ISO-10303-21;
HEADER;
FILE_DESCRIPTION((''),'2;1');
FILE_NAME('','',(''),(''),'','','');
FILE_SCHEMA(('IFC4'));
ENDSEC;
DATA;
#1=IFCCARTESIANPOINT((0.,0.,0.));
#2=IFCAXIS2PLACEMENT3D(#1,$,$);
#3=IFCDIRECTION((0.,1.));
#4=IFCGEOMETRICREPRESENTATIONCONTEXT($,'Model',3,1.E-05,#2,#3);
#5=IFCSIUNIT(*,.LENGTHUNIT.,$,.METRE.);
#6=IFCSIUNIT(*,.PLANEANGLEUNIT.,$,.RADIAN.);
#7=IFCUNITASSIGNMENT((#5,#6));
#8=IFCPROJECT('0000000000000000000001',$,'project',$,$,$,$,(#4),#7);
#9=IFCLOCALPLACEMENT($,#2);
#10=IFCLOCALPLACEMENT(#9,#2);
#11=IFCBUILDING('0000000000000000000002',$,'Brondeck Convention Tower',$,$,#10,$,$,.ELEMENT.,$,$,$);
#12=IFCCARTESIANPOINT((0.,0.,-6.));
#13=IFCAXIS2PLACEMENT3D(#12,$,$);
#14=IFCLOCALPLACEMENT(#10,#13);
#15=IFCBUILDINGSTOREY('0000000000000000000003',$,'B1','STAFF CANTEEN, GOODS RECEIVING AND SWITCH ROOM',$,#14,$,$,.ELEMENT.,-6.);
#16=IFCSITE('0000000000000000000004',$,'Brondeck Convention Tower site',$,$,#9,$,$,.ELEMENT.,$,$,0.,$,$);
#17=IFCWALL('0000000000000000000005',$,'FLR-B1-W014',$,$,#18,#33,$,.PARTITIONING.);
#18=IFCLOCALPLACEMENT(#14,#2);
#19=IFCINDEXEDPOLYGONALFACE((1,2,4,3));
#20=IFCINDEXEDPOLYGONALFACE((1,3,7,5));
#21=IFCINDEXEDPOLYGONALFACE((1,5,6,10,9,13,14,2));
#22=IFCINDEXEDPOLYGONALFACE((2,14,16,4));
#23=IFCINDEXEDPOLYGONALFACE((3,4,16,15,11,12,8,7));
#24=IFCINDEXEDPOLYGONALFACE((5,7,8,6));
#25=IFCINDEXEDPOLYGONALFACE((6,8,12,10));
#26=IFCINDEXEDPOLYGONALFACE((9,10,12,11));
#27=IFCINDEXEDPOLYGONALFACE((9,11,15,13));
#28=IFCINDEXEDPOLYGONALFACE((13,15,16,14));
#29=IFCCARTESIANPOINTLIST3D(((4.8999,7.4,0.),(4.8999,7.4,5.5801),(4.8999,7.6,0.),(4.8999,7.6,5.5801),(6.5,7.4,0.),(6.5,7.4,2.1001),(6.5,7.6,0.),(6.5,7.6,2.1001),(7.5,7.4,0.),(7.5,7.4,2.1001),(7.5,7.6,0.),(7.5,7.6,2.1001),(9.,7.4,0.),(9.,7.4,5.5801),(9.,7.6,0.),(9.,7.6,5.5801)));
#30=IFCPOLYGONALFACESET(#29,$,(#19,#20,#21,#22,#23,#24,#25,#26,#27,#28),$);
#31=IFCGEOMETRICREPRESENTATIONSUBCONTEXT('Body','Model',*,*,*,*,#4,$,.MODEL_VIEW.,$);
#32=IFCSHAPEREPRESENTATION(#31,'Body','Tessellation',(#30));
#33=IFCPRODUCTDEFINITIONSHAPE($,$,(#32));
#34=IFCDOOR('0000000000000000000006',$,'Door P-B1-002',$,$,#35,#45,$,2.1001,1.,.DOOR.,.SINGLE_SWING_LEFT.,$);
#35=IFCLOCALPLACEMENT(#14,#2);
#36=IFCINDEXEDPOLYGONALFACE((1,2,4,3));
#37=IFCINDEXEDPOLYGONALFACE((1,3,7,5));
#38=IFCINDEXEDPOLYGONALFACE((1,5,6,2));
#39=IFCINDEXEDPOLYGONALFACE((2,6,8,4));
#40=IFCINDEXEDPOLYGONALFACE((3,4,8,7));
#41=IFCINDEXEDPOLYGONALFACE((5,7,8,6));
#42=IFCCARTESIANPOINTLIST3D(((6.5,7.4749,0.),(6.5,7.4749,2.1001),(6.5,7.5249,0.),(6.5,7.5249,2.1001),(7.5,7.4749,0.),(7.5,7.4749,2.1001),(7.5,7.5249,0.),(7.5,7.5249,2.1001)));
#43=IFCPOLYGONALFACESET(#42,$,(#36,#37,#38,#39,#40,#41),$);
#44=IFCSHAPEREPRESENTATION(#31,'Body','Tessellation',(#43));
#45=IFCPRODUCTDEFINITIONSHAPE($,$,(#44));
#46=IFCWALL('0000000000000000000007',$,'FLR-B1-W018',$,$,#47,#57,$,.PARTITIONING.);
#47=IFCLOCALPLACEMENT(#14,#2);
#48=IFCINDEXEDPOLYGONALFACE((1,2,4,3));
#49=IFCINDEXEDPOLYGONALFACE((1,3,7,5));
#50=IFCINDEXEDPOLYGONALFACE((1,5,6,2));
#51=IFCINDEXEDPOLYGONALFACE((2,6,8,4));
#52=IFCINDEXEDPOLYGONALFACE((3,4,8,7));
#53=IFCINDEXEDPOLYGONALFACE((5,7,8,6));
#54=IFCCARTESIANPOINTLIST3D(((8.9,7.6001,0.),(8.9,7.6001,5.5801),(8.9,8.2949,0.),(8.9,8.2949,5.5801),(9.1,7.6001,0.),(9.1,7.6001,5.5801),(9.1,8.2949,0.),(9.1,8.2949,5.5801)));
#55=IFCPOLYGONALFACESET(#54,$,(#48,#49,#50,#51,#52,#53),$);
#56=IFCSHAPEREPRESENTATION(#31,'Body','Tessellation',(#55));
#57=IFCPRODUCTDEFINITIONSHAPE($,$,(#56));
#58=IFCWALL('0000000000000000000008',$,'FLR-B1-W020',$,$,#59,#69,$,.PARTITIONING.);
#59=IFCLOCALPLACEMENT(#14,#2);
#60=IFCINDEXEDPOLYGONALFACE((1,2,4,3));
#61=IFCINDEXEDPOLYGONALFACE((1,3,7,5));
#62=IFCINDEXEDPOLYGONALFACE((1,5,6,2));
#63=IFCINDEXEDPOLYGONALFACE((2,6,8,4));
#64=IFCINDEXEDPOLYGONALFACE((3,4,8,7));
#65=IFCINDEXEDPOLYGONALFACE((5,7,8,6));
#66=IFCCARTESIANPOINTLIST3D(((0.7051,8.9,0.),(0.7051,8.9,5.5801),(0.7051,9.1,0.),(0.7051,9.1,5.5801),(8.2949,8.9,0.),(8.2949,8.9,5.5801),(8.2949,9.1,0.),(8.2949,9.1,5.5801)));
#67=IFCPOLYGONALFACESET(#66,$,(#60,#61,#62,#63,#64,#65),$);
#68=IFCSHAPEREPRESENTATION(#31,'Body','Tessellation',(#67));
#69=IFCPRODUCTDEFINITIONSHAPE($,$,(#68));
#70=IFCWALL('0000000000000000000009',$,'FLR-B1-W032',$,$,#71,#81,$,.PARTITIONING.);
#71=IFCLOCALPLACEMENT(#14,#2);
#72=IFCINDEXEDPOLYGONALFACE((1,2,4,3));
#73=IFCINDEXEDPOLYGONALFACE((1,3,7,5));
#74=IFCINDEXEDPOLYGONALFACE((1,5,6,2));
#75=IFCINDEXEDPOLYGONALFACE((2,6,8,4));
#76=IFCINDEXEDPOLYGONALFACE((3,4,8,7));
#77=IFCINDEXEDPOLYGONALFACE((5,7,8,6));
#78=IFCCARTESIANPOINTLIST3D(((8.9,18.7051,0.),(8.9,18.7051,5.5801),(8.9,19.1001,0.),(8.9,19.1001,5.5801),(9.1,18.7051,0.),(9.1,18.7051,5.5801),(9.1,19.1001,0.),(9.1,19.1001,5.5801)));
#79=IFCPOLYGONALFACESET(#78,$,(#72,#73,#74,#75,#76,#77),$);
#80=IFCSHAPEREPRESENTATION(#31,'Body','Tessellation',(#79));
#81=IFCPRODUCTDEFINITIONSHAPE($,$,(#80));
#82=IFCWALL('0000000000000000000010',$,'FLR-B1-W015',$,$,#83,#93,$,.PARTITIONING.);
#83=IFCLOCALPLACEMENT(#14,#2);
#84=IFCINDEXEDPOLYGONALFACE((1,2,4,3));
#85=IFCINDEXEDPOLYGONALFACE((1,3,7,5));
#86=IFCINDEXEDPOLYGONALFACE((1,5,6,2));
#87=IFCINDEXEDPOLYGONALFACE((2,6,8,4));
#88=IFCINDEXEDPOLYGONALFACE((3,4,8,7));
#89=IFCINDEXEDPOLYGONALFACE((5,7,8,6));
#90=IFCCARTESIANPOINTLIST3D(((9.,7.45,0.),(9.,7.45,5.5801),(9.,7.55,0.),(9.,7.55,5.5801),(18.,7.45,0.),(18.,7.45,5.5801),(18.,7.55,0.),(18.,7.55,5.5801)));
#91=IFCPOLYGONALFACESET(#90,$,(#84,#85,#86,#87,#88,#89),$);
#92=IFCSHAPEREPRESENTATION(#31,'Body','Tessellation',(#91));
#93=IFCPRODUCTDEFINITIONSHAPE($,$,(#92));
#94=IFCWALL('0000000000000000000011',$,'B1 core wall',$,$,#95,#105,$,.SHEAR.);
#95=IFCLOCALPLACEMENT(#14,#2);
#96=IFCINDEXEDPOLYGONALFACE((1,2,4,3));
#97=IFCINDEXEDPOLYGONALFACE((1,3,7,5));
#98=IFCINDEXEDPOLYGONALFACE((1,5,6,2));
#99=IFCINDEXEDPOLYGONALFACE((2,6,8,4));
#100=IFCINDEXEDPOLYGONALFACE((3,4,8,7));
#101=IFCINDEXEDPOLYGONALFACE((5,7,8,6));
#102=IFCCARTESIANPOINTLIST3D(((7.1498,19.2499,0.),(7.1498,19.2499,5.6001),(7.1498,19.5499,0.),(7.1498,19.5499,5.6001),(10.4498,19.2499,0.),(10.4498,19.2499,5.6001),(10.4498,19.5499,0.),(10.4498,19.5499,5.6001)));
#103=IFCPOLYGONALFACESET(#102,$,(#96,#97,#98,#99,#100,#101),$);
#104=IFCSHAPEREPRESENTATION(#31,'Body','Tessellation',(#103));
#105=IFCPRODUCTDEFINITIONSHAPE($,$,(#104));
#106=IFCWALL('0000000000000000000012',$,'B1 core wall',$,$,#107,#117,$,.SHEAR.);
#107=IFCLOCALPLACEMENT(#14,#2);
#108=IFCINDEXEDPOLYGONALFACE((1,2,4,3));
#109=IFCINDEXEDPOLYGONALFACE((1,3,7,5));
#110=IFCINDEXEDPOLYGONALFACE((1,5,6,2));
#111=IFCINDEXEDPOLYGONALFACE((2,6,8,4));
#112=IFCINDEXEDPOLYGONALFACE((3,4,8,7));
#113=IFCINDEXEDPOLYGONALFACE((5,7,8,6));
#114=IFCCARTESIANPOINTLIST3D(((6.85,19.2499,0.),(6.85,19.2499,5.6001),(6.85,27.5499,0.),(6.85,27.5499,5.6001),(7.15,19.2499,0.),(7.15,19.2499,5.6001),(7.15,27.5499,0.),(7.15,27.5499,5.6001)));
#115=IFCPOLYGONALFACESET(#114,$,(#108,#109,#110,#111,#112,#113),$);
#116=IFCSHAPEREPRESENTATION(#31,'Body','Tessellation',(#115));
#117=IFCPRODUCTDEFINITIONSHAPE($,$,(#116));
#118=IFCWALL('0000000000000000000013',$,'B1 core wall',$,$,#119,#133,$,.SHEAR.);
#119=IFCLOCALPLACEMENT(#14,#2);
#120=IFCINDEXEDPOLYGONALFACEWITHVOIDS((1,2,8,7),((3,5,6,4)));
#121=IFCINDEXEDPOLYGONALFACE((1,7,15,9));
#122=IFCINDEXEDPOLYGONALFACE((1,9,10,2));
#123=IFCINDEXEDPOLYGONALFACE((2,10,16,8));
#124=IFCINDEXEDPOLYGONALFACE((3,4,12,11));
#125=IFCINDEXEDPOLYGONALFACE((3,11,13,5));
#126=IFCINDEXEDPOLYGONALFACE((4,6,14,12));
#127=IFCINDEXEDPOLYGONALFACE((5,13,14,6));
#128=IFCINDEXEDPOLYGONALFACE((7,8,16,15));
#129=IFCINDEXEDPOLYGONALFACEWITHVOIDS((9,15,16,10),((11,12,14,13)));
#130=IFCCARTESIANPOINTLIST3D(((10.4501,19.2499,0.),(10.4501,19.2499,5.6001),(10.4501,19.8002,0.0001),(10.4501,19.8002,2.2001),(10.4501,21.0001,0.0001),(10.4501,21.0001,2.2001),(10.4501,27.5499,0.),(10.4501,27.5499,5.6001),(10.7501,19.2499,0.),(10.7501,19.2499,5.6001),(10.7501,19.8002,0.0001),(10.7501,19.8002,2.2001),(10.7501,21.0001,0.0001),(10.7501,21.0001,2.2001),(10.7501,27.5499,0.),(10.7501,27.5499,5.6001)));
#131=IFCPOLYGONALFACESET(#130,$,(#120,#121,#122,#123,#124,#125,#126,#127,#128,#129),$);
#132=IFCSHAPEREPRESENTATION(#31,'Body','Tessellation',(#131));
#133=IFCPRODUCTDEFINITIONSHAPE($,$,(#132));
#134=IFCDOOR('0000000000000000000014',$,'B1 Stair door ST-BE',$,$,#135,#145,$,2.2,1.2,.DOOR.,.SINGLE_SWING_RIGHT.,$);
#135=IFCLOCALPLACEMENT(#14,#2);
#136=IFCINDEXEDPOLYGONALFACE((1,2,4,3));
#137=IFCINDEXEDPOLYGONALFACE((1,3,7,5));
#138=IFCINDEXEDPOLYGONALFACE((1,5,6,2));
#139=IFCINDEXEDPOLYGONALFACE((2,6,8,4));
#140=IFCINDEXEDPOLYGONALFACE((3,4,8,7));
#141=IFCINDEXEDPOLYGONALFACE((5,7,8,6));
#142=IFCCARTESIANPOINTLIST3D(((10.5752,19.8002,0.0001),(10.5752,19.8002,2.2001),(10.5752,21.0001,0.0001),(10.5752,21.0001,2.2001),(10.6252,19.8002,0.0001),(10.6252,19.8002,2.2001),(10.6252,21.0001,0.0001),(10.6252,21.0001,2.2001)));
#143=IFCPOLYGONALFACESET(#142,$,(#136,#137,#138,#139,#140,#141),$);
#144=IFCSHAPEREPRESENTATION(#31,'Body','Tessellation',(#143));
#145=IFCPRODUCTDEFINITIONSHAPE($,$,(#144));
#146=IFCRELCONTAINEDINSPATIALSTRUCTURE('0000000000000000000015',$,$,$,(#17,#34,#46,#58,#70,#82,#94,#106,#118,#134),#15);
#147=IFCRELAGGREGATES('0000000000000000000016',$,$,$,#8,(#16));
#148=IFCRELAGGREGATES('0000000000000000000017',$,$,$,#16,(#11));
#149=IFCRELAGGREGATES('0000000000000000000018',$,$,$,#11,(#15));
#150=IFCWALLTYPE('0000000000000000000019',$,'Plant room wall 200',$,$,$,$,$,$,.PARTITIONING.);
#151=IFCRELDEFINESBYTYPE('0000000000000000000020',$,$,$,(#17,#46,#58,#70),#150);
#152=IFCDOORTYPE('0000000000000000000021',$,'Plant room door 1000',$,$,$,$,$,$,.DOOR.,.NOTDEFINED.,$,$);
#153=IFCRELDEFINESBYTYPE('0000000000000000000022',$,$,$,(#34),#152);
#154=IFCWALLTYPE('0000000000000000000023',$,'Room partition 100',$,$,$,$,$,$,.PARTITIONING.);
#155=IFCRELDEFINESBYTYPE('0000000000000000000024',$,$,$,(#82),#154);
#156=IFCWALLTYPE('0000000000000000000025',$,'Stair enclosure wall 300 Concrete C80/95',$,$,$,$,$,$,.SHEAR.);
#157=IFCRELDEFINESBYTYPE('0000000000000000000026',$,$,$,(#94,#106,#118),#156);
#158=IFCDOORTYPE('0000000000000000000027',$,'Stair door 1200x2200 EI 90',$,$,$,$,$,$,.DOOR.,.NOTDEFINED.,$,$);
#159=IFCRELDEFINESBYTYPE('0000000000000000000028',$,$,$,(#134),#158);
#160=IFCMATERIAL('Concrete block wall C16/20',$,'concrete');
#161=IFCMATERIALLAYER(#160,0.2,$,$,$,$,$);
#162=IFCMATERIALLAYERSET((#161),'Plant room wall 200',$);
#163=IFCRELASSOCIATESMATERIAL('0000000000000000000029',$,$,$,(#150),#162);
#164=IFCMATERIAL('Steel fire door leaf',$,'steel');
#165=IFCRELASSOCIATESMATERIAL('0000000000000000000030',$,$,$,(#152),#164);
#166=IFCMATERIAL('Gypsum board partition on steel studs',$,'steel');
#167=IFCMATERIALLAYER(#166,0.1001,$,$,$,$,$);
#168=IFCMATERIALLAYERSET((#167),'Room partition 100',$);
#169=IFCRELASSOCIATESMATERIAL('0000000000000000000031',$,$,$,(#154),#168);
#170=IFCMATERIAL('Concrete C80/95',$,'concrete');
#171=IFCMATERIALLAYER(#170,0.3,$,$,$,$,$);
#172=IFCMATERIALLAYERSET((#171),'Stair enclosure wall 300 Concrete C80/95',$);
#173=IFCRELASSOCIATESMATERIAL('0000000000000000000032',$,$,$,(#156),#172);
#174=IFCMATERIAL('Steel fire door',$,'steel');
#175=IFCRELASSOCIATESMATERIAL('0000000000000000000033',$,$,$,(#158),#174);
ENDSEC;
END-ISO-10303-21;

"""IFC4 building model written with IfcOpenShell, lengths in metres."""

from ifc_helpers import new_model, si_unit, direction, frame, frame_2d, origin, place, context, subcontext, project, spatial, rectangle, extrude, material, layer, layer_set, type_object, element, fill, save


model = new_model("IFC4")

# Units and contexts
model_context = context("Model", 3, precision=1e-05, world=origin(), true_north=direction((0.0, 1.0)))
body_context = subcontext(model_context, "Body", "Model", "MODEL_VIEW")
ifc_project = project(units=[si_unit("LENGTHUNIT", "METRE"), si_unit("PLANEANGLEUNIT", "RADIAN")], contexts=[model_context])

# Site, building, storey
site_placement = place(None, origin())
site = spatial("IfcSite", under=ifc_project, at=site_placement, Name="Brondeck Convention Tower site", CompositionType="ELEMENT", RefElevation=0.0)
building_placement = place(site_placement, origin())
building = spatial("IfcBuilding", under=site, at=building_placement, Name="Brondeck Convention Tower", CompositionType="ELEMENT")
storey_placement = place(building_placement, frame((0.0, 0.0, -6.0)))
storey = spatial("IfcBuildingStorey", under=building, at=storey_placement, Name="B1", Description="STAFF CANTEEN, GOODS RECEIVING AND SWITCH ROOM", CompositionType="ELEMENT", Elevation=-6.0)

# Shared definitions
ifc_material_1 = material(Name="Concrete C80/95", Category="concrete")

# Wall, opening, door
ifc_material_2 = material(Name="Concrete block wall C16/20", Category="concrete")
ifc_layer_1 = layer(ifc_material_2, 0.2)
ifc_layer_set_1 = layer_set([ifc_layer_1], Name="Plant room wall 200")
wall_type_1 = type_object("IfcWallType", Name="Plant room wall 200", PredefinedType="PARTITIONING", material=ifc_layer_set_1)
wall_1_placement = place(storey_placement, frame((4.8999, 7.5, 0.0), z_axis=(0.0, 0.0, 1.0), x_axis=(1.0, 0.0, 0.0)))
wall_1 = element("IfcWall", 1, at=wall_1_placement, inside=storey, type_object=wall_type_1, Name="FLR-B1-W014", PredefinedType="PARTITIONING", context=body_context, shape_type="SweptSolid", body=[
    extrude(rectangle(XDim=4.1001, YDim=0.2, at=frame_2d((2.05, 0.0))), origin(), (0.0, 0.0, 1.0), 5.5801),
])
opening_1_placement = place(wall_1_placement, frame((1.6001, 0.0, 0.0)))
opening_1 = element("IfcOpeningElement", 2, at=opening_1_placement, cuts=wall_1, PredefinedType="OPENING", context=body_context, shape_type="SweptSolid", body=[
    extrude(rectangle(XDim=1.0, YDim=2.1001, at=frame_2d((0.5, 1.05))), frame((0.0, 0.1099, 0.0), z_axis=(0.0, -1.0, 0.0), x_axis=(1.0, 0.0, 0.0)), (0.0, 0.0, 1.0), 0.22),
])
ifc_material_3 = material(Name="Steel fire door leaf", Category="steel")
door_type_1 = type_object("IfcDoorType", Name="Plant room door 1000", OperationType="NOTDEFINED", PredefinedType="DOOR", material=ifc_material_3)
door_1_placement = place(opening_1_placement, origin())
door_1 = element("IfcDoor", 3, at=door_1_placement, inside=storey, type_object=door_type_1, Name="Door P-B1-002", OperationType="SINGLE_SWING_LEFT", OverallHeight=2.1001, OverallWidth=1.0, PredefinedType="DOOR", context=body_context, shape_type="SweptSolid", body=[
    extrude(rectangle(XDim=1.0, YDim=2.1001, at=frame_2d((0.5, 1.05))), frame((0.0, 0.0249, 0.0), z_axis=(0.0, -1.0, 0.0), x_axis=(1.0, 0.0, 0.0)), (0.0, 0.0, 1.0), 0.05),
])
fill(opening_1, door_1)

# Walls
wall_2_placement = place(storey_placement, frame((9.0, 8.2949, 0.0), z_axis=(0.0, 0.0, 1.0), x_axis=(0.0, -1.0, 0.0)))
element("IfcWall", 4, at=wall_2_placement, inside=storey, type_object=wall_type_1, Name="FLR-B1-W018", PredefinedType="PARTITIONING", context=body_context, shape_type="SweptSolid", body=[
    extrude(rectangle(XDim=0.6948, YDim=0.2, at=frame_2d((0.3474, 0.0))), origin(), (0.0, 0.0, 1.0), 5.5801),
])
wall_3_placement = place(storey_placement, frame((0.7051, 9.0, 0.0), z_axis=(0.0, 0.0, 1.0), x_axis=(1.0, 0.0, 0.0)))
element("IfcWall", 5, at=wall_3_placement, inside=storey, type_object=wall_type_1, Name="FLR-B1-W020", PredefinedType="PARTITIONING", context=body_context, shape_type="SweptSolid", body=[
    extrude(rectangle(XDim=7.5898, YDim=0.2, at=frame_2d((3.7949, 0.0))), origin(), (0.0, 0.0, 1.0), 5.5801),
])
wall_4_placement = place(storey_placement, frame((9.0, 18.7051, 0.0), z_axis=(0.0, 0.0, 1.0), x_axis=(0.0, 1.0, 0.0)))
element("IfcWall", 6, at=wall_4_placement, inside=storey, type_object=wall_type_1, Name="FLR-B1-W032", PredefinedType="PARTITIONING", context=body_context, shape_type="SweptSolid", body=[
    extrude(rectangle(XDim=0.395, YDim=0.2, at=frame_2d((0.1975, 0.0))), origin(), (0.0, 0.0, 1.0), 5.5801),
])
ifc_material_4 = material(Name="Gypsum board partition on steel studs", Category="steel")
ifc_layer_2 = layer(ifc_material_4, 0.1001)
ifc_layer_set_2 = layer_set([ifc_layer_2], Name="Room partition 100")
wall_type_2 = type_object("IfcWallType", Name="Room partition 100", PredefinedType="PARTITIONING", material=ifc_layer_set_2)
wall_5_placement = place(storey_placement, frame((9.0, 7.5, 0.0), z_axis=(0.0, 0.0, 1.0), x_axis=(1.0, 0.0, 0.0)))
element("IfcWall", 7, at=wall_5_placement, inside=storey, type_object=wall_type_2, Name="FLR-B1-W015", PredefinedType="PARTITIONING", context=body_context, shape_type="SweptSolid", body=[
    extrude(rectangle(XDim=9.0, YDim=0.1001, at=frame_2d((4.5, 0.0))), origin(), (0.0, 0.0, 1.0), 5.5801),
])
ifc_layer_3 = layer(ifc_material_1, 0.3)
ifc_layer_set_3 = layer_set([ifc_layer_3], Name="Stair enclosure wall 300 Concrete C80/95")
wall_type_3 = type_object("IfcWallType", Name="Stair enclosure wall 300 Concrete C80/95", PredefinedType="SHEAR", material=ifc_layer_set_3)
wall_6_placement = place(storey_placement, frame((7.1499, 19.3999, 0.0), z_axis=(0.0, 0.0, 1.0), x_axis=(1.0, 0.0, 0.0)))
element("IfcWall", 8, at=wall_6_placement, inside=storey, type_object=wall_type_3, Name="B1 core wall", PredefinedType="SHEAR", context=body_context, shape_type="SweptSolid", body=[
    extrude(rectangle(XDim=3.3, YDim=0.3, at=frame_2d((1.6499, 0.0))), origin(), (0.0, 0.0, 1.0), 5.6001),
])
wall_7_placement = place(storey_placement, frame((7.0, 19.25, 0.0), z_axis=(0.0, 0.0, 1.0), x_axis=(0.0, 1.0, 0.0)))
element("IfcWall", 9, at=wall_7_placement, inside=storey, type_object=wall_type_3, Name="B1 core wall", PredefinedType="SHEAR", context=body_context, shape_type="SweptSolid", body=[
    extrude(rectangle(XDim=8.3, YDim=0.3, at=frame_2d((4.1499, 0.0))), origin(), (0.0, 0.0, 1.0), 5.6001),
])

# Wall, opening, door
wall_8_placement = place(storey_placement, frame((10.6001, 19.25, 0.0), z_axis=(0.0, 0.0, 1.0), x_axis=(0.0, 1.0, 0.0)))
wall_8 = element("IfcWall", 10, at=wall_8_placement, inside=storey, type_object=wall_type_3, Name="B1 core wall", PredefinedType="SHEAR", context=body_context, shape_type="SweptSolid", body=[
    extrude(rectangle(XDim=8.3, YDim=0.3, at=frame_2d((4.1499, 0.0))), origin(), (0.0, 0.0, 1.0), 5.6001),
])
opening_2_placement = place(wall_8_placement, frame((0.55, 0.0, 0.0)))
opening_2 = element("IfcOpeningElement", 11, at=opening_2_placement, cuts=wall_8, PredefinedType="OPENING", context=body_context, shape_type="SweptSolid", body=[
    extrude(rectangle(XDim=1.2, YDim=2.2, at=frame_2d((0.6001, 1.1001))), frame((0.0, 0.1599, 0.0), z_axis=(0.0, -1.0, 0.0), x_axis=(1.0, 0.0, 0.0)), (0.0, 0.0, 1.0), 0.3201),
])
ifc_material_5 = material(Name="Steel fire door", Category="steel")
door_type_2 = type_object("IfcDoorType", Name="Stair door 1200x2200 EI 90", OperationType="NOTDEFINED", PredefinedType="DOOR", material=ifc_material_5)
door_2_placement = place(opening_2_placement, origin())
door_2 = element("IfcDoor", 12, at=door_2_placement, inside=storey, type_object=door_type_2, Name="B1 Stair door ST-BE", OperationType="SINGLE_SWING_RIGHT", OverallHeight=2.2, OverallWidth=1.2, PredefinedType="DOOR", context=body_context, shape_type="SweptSolid", body=[
    extrude(rectangle(XDim=1.2, YDim=2.2, at=frame_2d((0.6001, 1.1001))), frame((0.0, 0.0249, 0.0), z_axis=(0.0, -1.0, 0.0), x_axis=(1.0, 0.0, 0.0)), (0.0, 0.0, 1.0), 0.05),
])
fill(opening_2, door_2)

save(model, "model.ifc")
